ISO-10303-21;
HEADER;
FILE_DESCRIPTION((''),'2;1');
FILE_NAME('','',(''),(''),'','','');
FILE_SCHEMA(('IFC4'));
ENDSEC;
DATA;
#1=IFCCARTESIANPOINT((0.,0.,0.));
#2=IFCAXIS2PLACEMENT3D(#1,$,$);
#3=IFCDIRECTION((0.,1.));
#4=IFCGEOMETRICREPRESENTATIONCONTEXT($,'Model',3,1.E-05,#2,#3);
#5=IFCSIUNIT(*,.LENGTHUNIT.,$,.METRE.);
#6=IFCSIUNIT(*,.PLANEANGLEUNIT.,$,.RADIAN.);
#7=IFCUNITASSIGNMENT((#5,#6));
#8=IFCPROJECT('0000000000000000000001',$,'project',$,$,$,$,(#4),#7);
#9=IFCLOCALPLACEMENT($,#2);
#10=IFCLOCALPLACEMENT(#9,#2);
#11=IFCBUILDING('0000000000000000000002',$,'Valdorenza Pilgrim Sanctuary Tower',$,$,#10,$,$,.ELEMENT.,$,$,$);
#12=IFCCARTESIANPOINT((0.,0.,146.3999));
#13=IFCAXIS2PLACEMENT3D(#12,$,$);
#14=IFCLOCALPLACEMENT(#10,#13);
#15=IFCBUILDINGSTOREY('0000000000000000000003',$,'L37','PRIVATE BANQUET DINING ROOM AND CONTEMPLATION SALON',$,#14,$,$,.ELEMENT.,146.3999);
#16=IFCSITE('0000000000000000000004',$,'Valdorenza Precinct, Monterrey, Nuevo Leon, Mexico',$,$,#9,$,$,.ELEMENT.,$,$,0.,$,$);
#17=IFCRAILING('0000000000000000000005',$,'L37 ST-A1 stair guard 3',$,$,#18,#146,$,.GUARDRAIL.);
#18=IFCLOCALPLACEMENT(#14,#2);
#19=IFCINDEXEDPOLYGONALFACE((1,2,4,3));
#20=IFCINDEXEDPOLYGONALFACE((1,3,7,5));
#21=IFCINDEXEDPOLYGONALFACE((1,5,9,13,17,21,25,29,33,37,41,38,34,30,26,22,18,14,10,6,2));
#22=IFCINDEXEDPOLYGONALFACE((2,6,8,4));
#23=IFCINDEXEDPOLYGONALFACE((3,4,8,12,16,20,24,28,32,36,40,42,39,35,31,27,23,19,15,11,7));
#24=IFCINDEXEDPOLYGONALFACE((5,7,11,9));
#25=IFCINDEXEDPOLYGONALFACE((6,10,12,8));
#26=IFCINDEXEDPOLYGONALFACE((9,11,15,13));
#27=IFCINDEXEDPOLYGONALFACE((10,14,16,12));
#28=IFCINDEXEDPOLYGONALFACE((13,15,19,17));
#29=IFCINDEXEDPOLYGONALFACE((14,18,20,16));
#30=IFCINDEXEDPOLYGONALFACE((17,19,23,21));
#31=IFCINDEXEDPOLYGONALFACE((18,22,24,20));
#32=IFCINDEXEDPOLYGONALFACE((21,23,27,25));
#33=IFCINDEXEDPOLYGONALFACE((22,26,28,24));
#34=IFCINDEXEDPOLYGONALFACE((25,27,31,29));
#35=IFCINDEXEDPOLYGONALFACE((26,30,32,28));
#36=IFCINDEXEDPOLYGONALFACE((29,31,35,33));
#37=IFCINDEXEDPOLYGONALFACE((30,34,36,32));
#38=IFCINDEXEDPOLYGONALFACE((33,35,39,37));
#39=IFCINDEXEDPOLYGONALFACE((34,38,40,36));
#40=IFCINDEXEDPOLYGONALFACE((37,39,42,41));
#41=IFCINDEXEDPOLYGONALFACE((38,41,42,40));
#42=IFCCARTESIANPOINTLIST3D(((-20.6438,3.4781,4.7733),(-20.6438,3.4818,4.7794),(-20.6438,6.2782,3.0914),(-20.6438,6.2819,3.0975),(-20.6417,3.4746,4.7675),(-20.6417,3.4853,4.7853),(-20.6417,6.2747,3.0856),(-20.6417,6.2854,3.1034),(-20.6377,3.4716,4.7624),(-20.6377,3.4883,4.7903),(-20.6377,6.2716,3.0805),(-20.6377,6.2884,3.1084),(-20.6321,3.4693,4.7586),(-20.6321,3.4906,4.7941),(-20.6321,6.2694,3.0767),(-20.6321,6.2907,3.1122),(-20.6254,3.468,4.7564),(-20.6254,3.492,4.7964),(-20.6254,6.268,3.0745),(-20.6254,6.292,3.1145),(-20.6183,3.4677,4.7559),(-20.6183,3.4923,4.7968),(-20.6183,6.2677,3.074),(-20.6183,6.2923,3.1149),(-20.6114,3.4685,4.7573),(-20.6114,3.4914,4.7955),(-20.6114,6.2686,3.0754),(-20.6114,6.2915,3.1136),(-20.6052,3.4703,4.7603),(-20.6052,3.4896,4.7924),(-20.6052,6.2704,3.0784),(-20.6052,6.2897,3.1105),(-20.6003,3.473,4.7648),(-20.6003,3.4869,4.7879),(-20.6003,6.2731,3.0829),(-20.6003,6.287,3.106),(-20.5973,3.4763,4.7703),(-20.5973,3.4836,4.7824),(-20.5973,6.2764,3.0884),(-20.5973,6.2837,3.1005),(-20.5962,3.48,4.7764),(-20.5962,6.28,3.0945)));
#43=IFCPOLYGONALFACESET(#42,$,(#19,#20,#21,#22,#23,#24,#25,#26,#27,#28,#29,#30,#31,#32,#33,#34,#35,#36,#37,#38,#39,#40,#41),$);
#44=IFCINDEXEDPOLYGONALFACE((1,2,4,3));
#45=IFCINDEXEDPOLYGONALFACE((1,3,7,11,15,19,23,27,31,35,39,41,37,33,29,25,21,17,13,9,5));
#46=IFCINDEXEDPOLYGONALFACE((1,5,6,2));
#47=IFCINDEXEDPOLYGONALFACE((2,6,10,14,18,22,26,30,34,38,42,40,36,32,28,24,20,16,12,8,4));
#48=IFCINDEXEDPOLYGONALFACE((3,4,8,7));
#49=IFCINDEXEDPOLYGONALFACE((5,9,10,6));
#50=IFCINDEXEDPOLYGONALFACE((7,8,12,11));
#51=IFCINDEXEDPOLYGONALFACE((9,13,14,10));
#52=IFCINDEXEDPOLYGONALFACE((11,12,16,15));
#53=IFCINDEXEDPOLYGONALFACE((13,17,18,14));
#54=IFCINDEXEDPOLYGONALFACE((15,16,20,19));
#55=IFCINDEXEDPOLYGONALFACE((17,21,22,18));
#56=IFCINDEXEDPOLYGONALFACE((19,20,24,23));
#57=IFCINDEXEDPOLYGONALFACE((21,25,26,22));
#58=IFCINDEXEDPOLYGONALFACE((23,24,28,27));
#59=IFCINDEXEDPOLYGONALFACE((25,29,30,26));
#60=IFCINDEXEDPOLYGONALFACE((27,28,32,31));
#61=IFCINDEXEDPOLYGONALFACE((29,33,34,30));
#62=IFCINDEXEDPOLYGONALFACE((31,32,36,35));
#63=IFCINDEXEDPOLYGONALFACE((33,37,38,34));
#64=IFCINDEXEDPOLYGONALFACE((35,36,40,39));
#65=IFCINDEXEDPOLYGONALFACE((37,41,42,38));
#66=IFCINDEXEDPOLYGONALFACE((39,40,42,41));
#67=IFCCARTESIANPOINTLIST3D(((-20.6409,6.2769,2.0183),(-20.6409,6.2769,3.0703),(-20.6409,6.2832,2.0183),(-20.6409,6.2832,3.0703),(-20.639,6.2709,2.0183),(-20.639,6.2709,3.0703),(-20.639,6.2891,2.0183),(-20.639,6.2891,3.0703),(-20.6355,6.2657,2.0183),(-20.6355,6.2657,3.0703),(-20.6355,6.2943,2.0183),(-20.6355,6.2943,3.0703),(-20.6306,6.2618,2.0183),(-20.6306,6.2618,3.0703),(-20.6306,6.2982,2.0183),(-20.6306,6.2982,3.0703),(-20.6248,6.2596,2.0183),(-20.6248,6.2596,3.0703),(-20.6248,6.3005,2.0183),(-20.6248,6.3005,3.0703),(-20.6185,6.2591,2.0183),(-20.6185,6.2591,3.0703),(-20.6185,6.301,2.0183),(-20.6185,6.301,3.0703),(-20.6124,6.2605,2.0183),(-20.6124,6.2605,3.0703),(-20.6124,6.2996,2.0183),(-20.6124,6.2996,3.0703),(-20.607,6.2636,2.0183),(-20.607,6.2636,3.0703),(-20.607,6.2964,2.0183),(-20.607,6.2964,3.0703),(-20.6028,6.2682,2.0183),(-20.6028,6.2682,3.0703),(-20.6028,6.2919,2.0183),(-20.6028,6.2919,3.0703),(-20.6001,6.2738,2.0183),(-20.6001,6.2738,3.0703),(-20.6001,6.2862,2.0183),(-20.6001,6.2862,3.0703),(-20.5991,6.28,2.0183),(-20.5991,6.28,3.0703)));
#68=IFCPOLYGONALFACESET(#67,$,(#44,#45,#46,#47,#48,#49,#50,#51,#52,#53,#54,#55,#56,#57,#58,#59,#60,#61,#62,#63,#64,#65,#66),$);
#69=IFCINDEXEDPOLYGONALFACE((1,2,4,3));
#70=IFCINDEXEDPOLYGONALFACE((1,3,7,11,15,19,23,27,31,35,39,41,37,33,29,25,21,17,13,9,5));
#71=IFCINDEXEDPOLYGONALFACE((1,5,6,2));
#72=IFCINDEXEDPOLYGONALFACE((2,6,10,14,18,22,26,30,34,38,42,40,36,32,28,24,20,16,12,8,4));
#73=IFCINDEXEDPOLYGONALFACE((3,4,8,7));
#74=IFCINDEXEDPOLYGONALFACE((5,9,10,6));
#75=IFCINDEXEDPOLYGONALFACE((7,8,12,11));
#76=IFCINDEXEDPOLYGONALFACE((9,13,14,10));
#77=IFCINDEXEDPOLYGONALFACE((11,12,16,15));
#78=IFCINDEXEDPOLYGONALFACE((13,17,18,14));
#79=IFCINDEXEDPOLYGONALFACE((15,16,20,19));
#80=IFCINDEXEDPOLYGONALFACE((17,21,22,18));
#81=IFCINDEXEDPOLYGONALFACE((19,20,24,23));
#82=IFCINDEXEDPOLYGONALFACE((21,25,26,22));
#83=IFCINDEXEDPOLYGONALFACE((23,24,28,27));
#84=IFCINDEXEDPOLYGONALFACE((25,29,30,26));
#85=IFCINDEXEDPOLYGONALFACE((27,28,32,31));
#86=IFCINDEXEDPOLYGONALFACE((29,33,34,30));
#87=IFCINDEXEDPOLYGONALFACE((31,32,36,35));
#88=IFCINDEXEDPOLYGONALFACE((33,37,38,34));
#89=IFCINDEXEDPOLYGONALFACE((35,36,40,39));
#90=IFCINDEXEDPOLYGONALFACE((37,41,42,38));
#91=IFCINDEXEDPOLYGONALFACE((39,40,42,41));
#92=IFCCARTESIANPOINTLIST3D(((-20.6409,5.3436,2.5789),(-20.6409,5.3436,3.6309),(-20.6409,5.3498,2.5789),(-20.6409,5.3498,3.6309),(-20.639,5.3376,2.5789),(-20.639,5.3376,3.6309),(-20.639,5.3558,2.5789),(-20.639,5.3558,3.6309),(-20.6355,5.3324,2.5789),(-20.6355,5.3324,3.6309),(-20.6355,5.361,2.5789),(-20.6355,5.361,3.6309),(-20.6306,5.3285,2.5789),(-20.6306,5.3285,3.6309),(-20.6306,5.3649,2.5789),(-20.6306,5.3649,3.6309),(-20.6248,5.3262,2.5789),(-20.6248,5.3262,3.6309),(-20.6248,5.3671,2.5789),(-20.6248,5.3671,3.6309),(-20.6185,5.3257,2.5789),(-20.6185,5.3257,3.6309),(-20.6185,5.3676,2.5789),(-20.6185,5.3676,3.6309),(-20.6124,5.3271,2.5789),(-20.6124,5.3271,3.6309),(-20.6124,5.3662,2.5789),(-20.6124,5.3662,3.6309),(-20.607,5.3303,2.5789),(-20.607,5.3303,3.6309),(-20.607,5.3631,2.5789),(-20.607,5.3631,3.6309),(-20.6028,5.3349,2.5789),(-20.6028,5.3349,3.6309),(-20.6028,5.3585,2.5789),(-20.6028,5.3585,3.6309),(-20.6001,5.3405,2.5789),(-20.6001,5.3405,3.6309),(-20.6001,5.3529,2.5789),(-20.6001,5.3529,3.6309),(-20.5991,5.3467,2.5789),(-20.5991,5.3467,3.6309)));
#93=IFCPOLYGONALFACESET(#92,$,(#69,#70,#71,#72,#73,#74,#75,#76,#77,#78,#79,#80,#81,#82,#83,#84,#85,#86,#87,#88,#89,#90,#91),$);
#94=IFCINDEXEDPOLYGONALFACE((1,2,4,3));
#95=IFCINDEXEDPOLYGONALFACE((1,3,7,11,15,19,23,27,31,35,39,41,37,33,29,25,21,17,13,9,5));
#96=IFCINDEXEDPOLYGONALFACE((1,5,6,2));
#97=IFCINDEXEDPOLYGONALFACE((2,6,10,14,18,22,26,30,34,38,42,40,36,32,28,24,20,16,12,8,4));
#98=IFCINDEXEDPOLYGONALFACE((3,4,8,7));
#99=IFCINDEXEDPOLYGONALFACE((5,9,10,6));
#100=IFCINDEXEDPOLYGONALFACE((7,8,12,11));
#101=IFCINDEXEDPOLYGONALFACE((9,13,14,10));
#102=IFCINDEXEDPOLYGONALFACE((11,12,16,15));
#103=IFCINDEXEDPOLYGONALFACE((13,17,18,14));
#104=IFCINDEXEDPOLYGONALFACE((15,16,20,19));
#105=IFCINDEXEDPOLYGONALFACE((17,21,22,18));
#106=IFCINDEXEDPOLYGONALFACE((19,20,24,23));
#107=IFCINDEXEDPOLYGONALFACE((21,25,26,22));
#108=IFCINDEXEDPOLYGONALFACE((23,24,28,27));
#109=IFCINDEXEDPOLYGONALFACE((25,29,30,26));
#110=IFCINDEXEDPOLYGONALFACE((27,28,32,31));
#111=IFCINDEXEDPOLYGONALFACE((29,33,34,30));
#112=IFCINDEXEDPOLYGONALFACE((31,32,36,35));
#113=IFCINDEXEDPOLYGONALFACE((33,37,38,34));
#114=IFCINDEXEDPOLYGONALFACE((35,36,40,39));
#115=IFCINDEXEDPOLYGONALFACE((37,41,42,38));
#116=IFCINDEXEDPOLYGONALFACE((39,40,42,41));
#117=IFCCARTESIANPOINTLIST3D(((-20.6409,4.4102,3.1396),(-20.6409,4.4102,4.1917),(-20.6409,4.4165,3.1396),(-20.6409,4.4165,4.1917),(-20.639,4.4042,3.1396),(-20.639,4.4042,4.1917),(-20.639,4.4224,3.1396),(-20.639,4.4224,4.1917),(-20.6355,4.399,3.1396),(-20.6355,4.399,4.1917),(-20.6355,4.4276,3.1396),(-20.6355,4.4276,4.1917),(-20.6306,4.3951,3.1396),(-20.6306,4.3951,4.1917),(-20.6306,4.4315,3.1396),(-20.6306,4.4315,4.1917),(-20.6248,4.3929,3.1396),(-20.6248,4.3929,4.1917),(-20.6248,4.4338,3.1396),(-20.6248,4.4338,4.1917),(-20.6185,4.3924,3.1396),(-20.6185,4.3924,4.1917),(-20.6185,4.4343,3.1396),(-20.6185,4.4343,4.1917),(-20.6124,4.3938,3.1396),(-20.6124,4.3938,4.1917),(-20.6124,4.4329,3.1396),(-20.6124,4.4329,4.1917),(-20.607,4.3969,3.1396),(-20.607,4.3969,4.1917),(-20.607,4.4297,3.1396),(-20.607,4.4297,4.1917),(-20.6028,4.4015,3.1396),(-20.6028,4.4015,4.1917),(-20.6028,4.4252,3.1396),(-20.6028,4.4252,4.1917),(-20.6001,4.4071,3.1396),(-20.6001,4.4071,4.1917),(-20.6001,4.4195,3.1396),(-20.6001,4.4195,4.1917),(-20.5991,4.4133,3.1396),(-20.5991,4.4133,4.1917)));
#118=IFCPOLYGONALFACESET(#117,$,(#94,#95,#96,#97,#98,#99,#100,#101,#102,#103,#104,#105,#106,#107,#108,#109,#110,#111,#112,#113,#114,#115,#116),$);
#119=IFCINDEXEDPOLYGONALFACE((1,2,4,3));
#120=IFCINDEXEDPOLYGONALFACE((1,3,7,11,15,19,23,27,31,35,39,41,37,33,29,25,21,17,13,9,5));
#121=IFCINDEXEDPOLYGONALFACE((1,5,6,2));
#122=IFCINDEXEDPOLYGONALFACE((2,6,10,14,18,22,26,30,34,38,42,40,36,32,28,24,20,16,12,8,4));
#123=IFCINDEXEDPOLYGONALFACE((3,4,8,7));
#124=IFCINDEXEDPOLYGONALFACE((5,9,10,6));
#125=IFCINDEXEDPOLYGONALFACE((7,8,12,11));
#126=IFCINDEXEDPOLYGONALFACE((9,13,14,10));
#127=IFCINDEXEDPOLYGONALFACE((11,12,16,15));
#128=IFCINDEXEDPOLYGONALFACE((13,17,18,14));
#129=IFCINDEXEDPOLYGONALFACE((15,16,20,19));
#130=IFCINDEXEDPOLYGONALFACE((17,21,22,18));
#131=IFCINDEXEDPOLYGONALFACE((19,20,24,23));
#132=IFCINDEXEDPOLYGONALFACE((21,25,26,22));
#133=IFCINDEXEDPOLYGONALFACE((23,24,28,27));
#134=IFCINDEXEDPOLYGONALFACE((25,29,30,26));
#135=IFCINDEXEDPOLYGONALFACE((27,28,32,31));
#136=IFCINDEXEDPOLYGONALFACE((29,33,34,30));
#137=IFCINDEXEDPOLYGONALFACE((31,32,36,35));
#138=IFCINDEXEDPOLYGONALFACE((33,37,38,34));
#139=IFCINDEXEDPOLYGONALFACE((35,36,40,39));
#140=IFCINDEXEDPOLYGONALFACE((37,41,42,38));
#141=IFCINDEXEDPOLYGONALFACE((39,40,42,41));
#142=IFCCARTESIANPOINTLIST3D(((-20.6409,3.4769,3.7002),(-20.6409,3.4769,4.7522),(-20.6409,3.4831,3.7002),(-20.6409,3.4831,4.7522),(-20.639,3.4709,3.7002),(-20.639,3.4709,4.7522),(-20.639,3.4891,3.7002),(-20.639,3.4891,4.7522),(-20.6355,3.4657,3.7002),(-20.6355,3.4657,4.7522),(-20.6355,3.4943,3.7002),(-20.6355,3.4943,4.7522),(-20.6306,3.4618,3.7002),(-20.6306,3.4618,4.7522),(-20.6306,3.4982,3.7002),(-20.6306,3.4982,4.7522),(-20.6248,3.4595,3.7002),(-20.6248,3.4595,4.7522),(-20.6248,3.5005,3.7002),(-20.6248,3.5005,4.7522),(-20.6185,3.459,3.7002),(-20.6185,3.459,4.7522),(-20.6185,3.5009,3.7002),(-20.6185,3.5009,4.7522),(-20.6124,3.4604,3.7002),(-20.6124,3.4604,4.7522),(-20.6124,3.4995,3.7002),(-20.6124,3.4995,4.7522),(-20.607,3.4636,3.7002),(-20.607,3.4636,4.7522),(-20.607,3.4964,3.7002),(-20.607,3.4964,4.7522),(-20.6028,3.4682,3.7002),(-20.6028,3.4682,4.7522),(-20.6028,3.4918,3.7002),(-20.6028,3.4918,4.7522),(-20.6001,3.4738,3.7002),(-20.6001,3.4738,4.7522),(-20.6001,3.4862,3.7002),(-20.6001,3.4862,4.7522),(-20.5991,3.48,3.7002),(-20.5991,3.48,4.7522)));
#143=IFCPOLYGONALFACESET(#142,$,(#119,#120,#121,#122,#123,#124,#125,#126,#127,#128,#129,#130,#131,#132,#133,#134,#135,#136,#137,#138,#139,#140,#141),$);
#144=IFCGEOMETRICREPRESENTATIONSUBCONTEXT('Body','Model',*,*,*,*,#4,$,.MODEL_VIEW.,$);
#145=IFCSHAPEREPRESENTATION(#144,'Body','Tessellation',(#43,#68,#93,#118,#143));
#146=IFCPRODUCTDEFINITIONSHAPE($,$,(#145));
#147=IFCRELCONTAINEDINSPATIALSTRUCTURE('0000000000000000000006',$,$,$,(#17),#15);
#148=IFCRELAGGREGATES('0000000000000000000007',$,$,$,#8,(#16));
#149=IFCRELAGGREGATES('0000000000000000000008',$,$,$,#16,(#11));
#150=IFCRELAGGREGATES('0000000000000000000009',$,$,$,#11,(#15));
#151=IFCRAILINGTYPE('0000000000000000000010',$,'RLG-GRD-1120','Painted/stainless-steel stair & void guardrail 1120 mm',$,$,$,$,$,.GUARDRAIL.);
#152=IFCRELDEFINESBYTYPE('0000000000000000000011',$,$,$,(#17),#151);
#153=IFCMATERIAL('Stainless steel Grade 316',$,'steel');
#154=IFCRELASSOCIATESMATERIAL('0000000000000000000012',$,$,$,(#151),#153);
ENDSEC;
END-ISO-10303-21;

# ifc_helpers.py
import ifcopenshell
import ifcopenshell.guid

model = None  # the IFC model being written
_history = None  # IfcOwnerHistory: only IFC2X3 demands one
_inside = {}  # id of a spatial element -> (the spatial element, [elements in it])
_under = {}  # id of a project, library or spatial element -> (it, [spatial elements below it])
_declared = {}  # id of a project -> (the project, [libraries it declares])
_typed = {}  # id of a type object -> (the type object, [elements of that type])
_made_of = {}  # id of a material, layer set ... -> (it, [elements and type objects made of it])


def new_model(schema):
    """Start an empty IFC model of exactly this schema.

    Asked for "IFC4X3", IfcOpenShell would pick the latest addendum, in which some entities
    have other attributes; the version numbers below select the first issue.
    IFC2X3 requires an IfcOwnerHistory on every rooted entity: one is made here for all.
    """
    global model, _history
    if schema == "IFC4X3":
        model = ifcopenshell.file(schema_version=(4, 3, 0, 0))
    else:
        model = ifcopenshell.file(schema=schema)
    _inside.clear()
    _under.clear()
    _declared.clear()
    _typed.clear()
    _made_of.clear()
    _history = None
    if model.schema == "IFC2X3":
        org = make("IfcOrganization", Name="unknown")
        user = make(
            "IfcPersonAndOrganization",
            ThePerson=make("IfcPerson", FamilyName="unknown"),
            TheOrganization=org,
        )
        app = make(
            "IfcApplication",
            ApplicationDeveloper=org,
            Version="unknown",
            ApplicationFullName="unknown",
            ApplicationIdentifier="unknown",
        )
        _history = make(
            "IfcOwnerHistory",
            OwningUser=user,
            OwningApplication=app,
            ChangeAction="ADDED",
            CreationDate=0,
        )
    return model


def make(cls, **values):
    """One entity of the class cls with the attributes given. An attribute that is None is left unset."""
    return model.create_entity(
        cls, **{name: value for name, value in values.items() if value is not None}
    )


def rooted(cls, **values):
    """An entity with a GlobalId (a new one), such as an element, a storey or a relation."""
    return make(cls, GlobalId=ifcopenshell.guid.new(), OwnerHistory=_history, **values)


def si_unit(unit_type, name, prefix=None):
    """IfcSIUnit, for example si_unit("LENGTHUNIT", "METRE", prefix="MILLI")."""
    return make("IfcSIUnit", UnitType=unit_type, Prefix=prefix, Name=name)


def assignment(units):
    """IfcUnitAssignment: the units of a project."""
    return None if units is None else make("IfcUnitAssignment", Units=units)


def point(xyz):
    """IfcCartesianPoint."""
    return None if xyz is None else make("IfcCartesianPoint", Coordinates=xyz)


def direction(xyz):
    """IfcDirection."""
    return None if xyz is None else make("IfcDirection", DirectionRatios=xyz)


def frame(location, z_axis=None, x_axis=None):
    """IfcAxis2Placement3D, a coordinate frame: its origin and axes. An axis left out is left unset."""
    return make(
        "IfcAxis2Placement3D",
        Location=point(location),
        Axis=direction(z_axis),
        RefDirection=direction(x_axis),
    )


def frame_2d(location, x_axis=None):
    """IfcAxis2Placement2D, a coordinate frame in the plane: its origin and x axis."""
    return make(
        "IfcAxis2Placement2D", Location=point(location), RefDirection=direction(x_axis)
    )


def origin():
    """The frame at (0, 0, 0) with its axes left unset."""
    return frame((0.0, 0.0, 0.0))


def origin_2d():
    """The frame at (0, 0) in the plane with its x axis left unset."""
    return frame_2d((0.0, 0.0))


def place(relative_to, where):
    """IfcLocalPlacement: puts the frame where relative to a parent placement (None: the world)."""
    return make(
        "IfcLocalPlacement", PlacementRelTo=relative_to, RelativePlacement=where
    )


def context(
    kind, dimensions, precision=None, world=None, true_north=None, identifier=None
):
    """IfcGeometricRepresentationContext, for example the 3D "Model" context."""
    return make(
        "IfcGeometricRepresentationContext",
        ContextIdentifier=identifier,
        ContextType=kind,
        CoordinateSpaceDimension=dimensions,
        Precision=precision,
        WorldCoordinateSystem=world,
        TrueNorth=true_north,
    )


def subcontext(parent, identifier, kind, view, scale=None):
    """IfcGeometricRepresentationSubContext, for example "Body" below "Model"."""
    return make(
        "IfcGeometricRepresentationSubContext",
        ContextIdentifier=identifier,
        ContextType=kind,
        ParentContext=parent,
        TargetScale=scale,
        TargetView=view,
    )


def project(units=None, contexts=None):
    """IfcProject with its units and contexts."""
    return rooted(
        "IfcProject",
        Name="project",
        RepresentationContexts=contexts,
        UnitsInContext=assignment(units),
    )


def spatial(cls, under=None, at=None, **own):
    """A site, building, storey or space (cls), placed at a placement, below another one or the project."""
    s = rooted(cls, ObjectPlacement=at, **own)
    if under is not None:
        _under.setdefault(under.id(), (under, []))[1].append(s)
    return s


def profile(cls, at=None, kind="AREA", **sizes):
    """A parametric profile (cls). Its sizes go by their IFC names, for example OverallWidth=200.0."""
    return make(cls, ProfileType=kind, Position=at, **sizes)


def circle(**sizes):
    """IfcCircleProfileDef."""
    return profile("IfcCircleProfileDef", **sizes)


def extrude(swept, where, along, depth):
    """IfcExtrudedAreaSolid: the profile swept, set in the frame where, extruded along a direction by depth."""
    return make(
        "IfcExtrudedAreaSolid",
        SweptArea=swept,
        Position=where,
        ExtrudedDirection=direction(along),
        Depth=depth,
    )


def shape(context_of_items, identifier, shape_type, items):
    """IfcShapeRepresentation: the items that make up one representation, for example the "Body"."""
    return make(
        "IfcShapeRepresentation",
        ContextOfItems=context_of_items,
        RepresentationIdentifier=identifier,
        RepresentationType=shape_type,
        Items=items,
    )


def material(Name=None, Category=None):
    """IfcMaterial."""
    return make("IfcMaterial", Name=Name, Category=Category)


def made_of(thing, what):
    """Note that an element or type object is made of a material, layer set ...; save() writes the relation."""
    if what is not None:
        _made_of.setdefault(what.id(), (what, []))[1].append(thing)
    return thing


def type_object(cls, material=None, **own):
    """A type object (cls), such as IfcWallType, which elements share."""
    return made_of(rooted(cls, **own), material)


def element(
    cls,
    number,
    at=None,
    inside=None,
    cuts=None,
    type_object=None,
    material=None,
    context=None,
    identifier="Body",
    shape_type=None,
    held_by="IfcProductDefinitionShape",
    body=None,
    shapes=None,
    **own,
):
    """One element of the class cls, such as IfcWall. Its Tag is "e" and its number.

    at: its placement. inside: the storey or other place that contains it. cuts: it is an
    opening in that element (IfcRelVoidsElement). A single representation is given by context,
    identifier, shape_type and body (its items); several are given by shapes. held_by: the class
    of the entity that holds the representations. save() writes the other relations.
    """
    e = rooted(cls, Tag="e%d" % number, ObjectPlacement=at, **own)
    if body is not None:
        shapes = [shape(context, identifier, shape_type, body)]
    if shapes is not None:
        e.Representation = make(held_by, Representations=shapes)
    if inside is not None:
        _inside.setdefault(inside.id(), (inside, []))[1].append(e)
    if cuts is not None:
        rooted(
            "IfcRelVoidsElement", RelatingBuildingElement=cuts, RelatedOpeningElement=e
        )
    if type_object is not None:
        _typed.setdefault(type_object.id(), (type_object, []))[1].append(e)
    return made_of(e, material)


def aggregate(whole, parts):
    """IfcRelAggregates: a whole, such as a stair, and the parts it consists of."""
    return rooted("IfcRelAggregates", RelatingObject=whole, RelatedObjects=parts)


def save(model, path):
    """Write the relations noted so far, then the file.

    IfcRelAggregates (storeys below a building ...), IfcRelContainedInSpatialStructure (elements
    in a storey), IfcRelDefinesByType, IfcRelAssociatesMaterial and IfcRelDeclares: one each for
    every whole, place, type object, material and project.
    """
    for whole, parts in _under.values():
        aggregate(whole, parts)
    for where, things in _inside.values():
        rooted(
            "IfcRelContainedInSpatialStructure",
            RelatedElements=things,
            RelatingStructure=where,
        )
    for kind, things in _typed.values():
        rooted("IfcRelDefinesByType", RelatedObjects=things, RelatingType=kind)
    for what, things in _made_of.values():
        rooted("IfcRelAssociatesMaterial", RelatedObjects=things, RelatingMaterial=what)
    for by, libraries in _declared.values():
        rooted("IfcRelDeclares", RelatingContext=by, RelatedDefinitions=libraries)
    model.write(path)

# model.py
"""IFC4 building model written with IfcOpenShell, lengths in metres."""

from ifc_helpers import new_model, si_unit, direction, frame, origin, origin_2d, place, context, subcontext, project, spatial, circle, extrude, material, type_object, element, save


model = new_model("IFC4")

# Units and contexts
model_context = context("Model", 3, precision=1e-05, world=origin(), true_north=direction((0.0, 1.0)))
body_context = subcontext(model_context, "Body", "Model", "MODEL_VIEW")
ifc_project = project(units=[si_unit("LENGTHUNIT", "METRE"), si_unit("PLANEANGLEUNIT", "RADIAN")], contexts=[model_context])

# Site, building, storey
site_placement = place(None, origin())
site = spatial("IfcSite", under=ifc_project, at=site_placement, Name="Valdorenza Precinct, Monterrey, Nuevo Leon, Mexico", CompositionType="ELEMENT", RefElevation=0.0)
building_placement = place(site_placement, origin())
building = spatial("IfcBuilding", under=site, at=building_placement, Name="Valdorenza Pilgrim Sanctuary Tower", CompositionType="ELEMENT")
storey_placement = place(building_placement, frame((0.0, 0.0, 146.3999)))
storey = spatial("IfcBuildingStorey", under=building, at=storey_placement, Name="L37", Description="PRIVATE BANQUET DINING ROOM AND CONTEMPLATION SALON", CompositionType="ELEMENT", Elevation=146.3999)

# Railing
ifc_material_1 = material(Name="Stainless steel Grade 316", Category="steel")
railing_type_1 = type_object("IfcRailingType", Name="RLG-GRD-1120", Description="Painted/stainless-steel stair & void guardrail 1120 mm", PredefinedType="GUARDRAIL", material=ifc_material_1)
railing_1_placement = place(storey_placement, frame((-20.6201, 6.28, 2.0183)))
element("IfcRailing", 1, at=railing_1_placement, inside=storey, type_object=railing_type_1, Name="L37 ST-A1 stair guard 3", PredefinedType="GUARDRAIL", context=body_context, shape_type="SweptSolid", body=[
    extrude(circle(Radius=0.0239, at=origin_2d()), frame((0.0, 0.0, 1.0762), z_axis=(0.0, -0.857242, 0.514913), x_axis=(1.0, 0.0, 0.0)), (0.0, 0.0, 1.0), 3.2664),
    extrude(circle(Radius=0.021, at=origin_2d()), origin(), (0.0, 0.0, 1.0), 1.052),
    extrude(circle(Radius=0.021, at=origin_2d()), frame((0.0, -0.9333, 0.5605)), (0.0, 0.0, 1.0), 1.052),
    extrude(circle(Radius=0.021, at=origin_2d()), frame((0.0, -1.8667, 1.1213)), (0.0, 0.0, 1.0), 1.052),
    extrude(circle(Radius=0.021, at=origin_2d()), frame((0.0, -2.8, 1.6819)), (0.0, 0.0, 1.0), 1.052),
])

save(model, "model.ifc")
